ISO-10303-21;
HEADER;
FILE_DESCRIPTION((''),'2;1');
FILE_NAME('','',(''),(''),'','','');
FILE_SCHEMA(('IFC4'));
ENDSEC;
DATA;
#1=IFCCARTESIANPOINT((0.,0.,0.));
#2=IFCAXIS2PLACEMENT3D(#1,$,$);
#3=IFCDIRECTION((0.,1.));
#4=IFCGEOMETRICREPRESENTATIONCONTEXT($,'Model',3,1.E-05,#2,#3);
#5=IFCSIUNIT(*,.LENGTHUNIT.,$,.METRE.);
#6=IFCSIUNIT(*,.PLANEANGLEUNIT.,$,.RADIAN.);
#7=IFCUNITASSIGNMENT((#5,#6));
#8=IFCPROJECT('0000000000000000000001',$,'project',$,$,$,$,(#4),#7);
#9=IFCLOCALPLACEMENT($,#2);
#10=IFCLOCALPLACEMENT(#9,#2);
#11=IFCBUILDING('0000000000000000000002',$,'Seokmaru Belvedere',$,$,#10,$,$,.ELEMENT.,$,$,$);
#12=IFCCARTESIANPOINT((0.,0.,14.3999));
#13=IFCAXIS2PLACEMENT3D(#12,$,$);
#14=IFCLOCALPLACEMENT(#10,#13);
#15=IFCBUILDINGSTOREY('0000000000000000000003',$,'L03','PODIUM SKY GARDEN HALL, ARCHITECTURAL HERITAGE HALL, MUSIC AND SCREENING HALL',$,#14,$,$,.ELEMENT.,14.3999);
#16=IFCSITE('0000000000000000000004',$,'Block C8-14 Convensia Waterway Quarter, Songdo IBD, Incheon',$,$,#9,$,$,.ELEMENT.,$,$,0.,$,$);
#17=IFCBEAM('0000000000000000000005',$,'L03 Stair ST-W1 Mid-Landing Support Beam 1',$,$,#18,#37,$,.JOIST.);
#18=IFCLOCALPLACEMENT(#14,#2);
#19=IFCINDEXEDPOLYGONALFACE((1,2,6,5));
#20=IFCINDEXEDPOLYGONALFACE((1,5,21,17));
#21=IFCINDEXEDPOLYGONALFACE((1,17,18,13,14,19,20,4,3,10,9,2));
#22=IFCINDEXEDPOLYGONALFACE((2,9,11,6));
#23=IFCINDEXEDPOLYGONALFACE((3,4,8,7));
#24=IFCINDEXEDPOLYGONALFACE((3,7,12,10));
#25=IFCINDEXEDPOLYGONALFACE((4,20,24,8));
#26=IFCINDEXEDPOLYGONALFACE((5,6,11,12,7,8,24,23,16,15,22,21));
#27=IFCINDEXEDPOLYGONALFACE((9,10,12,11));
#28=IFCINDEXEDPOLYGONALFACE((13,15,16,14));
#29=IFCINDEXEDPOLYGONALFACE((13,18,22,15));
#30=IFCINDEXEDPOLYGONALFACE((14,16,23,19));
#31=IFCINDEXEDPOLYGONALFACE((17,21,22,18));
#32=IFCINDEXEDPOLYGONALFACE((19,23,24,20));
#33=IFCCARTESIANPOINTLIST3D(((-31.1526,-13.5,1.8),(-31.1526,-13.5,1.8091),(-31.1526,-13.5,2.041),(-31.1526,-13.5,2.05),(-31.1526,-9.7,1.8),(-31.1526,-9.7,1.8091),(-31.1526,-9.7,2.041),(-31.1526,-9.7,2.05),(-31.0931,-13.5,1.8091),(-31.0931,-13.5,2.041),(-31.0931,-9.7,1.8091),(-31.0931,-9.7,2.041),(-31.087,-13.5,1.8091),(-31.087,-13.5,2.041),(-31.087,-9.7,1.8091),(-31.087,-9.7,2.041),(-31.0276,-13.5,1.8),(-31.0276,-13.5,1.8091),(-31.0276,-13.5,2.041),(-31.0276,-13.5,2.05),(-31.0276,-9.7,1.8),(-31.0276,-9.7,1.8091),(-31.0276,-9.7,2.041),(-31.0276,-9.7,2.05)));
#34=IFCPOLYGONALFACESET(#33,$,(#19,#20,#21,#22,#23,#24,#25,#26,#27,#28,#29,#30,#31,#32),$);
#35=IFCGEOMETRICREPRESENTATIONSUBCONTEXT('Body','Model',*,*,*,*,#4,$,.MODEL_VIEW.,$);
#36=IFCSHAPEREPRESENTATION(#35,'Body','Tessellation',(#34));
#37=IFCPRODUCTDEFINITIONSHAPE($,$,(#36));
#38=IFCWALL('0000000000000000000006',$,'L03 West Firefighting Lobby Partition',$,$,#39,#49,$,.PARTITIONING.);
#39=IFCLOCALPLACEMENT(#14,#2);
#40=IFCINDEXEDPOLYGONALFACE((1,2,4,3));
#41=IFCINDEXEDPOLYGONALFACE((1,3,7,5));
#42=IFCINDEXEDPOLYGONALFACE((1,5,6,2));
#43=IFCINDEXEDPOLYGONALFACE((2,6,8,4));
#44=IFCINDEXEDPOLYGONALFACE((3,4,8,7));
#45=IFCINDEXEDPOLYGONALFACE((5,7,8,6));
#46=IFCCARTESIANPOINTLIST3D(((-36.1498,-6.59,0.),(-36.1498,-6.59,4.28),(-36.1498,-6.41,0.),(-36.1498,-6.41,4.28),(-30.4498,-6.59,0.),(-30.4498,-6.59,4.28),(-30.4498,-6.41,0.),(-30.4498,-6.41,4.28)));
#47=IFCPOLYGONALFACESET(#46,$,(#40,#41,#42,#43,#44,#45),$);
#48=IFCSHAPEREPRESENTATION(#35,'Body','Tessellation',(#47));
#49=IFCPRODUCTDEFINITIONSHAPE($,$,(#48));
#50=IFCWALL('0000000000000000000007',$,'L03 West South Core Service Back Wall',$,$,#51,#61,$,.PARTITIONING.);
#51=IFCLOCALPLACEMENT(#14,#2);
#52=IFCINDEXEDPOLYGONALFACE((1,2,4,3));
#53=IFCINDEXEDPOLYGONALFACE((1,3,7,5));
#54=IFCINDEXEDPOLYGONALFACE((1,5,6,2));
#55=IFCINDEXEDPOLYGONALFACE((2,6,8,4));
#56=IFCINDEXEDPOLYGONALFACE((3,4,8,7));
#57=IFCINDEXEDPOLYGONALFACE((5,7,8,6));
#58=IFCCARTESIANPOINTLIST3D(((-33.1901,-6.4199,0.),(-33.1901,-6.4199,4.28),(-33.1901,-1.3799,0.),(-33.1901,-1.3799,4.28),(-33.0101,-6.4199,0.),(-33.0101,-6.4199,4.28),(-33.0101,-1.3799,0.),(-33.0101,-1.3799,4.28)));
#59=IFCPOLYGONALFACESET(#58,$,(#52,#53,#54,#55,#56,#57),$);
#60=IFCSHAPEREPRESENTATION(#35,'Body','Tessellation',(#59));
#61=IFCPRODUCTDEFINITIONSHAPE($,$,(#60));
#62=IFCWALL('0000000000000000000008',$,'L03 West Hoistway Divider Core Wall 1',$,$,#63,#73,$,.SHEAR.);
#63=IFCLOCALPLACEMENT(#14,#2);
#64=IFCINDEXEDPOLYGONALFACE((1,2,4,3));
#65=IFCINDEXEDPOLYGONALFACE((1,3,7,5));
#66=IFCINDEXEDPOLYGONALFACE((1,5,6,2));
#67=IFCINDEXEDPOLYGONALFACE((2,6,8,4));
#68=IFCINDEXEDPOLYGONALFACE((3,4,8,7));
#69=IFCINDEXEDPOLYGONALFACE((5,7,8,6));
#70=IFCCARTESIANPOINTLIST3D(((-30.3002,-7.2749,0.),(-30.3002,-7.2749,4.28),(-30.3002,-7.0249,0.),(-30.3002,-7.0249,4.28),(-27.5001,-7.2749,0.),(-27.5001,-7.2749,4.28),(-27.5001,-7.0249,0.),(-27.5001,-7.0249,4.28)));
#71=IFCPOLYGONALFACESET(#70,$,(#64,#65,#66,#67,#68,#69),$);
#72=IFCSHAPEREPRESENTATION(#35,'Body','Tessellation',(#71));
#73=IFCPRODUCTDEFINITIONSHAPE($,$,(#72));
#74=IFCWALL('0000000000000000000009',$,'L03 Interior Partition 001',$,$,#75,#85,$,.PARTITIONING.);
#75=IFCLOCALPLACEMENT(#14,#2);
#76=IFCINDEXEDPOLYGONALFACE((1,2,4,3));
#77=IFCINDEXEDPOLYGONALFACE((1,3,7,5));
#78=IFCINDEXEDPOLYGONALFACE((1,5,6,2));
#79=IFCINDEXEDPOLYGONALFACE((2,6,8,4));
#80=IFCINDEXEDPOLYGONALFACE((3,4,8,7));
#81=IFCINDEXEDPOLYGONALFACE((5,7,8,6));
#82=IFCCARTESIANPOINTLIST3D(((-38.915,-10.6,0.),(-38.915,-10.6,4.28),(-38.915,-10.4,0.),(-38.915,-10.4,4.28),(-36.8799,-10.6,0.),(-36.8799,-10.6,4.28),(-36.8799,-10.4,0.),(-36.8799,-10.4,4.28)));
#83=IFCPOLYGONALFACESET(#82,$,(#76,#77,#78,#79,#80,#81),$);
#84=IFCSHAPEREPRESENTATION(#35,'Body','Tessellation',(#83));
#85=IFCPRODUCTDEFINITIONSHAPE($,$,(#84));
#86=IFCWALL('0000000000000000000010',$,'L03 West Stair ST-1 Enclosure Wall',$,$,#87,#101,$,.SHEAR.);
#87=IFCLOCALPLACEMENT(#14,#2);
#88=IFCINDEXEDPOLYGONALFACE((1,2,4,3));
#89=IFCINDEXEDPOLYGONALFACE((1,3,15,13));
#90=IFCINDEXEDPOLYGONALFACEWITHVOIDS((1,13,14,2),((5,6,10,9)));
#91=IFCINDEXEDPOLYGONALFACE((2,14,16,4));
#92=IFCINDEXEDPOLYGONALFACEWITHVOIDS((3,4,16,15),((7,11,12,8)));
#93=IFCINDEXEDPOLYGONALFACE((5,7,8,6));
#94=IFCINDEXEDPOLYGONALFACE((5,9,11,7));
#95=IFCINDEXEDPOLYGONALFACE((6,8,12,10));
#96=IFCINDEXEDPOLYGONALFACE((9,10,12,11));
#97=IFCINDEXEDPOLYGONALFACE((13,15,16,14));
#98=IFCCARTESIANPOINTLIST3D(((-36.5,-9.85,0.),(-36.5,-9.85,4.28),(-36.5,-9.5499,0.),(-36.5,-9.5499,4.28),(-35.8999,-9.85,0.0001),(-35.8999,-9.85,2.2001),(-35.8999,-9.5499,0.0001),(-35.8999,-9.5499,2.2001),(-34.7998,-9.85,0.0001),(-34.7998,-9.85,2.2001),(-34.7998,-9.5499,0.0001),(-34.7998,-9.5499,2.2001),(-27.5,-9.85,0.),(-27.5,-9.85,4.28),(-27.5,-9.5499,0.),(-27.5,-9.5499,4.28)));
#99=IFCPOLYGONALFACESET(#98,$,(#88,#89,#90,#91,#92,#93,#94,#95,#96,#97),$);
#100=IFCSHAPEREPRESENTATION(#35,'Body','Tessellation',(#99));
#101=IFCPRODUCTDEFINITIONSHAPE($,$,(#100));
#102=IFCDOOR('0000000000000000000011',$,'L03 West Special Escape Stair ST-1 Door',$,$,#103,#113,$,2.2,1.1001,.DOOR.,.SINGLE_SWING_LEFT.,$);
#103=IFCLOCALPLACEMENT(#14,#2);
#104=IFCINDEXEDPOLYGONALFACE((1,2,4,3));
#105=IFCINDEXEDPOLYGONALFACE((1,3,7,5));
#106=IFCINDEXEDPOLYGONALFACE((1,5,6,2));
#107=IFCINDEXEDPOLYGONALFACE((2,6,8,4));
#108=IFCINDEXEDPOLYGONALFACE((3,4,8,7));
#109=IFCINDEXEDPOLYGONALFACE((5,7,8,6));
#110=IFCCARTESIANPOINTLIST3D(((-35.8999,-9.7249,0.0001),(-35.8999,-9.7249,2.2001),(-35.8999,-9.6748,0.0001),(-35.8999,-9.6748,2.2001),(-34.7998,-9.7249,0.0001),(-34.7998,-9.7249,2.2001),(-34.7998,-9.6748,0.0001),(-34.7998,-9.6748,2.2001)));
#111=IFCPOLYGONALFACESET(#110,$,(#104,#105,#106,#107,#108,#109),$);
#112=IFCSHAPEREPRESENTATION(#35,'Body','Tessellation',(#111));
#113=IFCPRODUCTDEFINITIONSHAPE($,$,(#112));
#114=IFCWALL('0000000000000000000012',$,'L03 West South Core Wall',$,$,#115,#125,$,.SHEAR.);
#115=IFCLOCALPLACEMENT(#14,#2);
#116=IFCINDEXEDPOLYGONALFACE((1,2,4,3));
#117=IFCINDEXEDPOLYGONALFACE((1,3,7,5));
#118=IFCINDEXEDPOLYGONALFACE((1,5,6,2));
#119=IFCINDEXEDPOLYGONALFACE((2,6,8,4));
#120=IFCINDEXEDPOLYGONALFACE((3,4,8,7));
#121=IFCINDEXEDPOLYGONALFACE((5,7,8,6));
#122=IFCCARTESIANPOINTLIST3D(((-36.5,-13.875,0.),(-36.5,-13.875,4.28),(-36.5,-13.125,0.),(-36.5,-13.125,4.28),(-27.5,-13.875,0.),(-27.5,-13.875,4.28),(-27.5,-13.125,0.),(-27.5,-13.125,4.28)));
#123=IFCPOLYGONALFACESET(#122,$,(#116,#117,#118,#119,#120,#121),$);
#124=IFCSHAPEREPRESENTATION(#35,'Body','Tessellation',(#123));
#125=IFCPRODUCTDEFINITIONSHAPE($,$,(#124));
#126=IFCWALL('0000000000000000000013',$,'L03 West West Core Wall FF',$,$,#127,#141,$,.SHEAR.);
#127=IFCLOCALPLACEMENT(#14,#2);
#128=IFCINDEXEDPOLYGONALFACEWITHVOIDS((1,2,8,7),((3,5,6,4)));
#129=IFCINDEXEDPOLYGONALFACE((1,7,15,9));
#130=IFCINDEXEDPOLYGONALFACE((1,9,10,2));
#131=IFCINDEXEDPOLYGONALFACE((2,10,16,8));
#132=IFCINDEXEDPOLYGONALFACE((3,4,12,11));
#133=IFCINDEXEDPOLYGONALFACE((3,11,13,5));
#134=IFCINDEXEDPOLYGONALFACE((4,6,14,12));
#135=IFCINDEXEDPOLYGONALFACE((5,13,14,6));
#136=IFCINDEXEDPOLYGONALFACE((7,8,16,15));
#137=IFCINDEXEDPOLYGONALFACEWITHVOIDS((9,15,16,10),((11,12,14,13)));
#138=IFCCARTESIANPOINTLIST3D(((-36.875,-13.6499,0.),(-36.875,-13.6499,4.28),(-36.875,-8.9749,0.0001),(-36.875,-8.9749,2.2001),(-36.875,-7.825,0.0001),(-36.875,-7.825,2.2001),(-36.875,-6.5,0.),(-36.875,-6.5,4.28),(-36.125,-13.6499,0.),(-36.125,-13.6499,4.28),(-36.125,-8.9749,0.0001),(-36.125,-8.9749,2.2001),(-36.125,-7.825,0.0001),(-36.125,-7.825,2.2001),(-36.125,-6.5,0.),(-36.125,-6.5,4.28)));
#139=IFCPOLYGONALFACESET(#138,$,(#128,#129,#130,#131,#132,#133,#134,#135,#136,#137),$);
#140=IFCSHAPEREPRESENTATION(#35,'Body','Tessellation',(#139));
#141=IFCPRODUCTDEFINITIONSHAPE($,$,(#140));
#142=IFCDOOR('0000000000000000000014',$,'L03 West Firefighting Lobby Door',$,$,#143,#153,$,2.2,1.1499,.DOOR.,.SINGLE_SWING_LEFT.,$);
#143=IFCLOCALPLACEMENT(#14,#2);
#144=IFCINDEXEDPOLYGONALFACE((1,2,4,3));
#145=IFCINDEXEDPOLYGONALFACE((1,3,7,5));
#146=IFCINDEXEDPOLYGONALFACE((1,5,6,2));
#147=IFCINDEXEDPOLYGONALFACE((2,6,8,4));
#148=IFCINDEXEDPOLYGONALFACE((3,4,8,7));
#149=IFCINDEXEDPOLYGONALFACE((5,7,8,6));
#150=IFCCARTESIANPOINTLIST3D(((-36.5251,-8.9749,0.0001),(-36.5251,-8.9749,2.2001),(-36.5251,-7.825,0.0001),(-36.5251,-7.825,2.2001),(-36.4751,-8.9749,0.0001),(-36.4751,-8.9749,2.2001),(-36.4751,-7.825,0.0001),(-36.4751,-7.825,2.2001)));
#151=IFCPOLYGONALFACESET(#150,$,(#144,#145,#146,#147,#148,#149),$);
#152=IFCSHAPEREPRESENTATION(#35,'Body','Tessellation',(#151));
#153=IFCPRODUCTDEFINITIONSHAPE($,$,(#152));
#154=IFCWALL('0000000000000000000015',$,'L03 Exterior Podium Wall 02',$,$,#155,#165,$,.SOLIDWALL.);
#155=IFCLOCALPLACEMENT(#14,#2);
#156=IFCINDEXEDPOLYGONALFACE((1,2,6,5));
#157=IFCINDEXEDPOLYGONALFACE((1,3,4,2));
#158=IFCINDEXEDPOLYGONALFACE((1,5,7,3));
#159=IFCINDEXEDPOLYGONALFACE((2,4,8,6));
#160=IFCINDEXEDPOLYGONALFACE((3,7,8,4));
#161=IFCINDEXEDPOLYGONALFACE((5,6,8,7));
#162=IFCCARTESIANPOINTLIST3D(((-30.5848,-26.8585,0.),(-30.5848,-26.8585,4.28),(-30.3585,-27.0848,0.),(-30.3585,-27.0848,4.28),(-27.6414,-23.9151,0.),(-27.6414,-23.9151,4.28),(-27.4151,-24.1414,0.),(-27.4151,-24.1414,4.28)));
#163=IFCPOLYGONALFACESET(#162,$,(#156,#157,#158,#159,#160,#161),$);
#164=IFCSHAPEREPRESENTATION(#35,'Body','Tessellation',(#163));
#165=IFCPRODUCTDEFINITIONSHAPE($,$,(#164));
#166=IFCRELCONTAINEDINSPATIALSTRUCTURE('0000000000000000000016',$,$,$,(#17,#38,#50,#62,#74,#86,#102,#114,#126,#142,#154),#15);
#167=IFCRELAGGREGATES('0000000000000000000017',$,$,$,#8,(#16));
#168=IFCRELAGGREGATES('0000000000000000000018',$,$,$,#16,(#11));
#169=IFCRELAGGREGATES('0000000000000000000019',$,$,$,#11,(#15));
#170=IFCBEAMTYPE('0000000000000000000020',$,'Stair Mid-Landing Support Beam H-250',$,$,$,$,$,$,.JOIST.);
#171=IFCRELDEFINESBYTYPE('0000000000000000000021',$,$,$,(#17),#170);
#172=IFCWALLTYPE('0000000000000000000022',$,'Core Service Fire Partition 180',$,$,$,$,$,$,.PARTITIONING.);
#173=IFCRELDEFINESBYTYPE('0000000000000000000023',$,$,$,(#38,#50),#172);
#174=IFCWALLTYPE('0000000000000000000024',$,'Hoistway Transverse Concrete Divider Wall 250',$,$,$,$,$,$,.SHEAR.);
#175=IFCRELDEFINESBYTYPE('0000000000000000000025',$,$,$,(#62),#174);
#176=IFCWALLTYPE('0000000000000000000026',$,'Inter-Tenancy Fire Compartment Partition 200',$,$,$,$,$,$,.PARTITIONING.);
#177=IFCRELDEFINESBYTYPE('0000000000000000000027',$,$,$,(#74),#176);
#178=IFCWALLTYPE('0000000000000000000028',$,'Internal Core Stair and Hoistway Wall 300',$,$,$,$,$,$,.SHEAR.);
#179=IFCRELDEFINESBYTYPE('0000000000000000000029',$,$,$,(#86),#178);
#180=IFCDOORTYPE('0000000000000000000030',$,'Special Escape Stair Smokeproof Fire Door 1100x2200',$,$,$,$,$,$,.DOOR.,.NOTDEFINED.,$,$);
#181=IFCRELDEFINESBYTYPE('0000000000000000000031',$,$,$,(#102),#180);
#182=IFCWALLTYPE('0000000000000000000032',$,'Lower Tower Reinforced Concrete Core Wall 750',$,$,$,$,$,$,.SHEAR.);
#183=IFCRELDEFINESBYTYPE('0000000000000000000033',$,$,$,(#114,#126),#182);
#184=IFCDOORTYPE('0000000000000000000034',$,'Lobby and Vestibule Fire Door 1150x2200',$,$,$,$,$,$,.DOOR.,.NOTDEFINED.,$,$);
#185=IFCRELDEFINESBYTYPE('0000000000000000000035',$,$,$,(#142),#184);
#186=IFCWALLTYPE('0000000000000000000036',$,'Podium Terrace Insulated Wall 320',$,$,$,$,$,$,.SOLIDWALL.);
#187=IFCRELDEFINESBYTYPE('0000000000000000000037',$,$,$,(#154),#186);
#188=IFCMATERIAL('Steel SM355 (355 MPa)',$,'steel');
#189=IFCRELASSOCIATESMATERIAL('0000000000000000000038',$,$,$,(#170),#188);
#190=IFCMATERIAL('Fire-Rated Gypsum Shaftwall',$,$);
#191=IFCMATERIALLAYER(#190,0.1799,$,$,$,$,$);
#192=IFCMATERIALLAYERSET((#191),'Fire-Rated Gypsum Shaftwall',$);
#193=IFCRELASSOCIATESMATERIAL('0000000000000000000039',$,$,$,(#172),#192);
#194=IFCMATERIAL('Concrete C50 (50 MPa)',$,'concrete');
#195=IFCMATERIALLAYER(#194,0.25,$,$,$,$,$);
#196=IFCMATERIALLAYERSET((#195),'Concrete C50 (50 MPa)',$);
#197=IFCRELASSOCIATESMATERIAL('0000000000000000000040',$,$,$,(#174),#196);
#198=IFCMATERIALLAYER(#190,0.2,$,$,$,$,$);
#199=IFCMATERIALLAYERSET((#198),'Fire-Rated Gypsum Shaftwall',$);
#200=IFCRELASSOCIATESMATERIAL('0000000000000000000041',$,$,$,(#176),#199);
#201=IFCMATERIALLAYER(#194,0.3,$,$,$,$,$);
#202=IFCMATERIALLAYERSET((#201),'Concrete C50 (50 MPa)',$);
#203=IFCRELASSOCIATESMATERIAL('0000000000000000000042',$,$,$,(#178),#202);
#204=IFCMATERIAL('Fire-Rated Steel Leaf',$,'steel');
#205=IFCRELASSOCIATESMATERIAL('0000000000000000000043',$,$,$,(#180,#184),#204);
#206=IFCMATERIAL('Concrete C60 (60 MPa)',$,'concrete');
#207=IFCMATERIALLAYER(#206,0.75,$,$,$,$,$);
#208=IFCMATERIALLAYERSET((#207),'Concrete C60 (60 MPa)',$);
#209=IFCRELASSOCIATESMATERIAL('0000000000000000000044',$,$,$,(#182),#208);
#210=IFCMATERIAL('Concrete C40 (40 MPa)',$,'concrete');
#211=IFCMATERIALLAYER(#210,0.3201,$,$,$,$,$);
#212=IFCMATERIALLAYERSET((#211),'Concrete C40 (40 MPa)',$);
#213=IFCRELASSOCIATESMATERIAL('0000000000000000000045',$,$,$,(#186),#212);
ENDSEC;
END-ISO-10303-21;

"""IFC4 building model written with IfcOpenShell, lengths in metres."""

from ifc_helpers import new_model, si_unit, direction, frame, frame_2d, origin, origin_2d, place, context, subcontext, project, spatial, rectangle, i_section, extrude, source, transform, mapped, material, layer, layer_set, material_profile, profile_set, type_object, type_shapes, element, fill, save


model = new_model("IFC4")

# Units and contexts
model_context = context("Model", 3, precision=1e-05, world=origin(), true_north=direction((0.0, 1.0)))
body_context = subcontext(model_context, "Body", "Model", "MODEL_VIEW")
ifc_project = project(units=[si_unit("LENGTHUNIT", "METRE"), si_unit("PLANEANGLEUNIT", "RADIAN")], contexts=[model_context])

# Site, building, storey
site_placement = place(None, origin())
site = spatial("IfcSite", under=ifc_project, at=site_placement, Name="Block C8-14 Convensia Waterway Quarter, Songdo IBD, Incheon", CompositionType="ELEMENT", RefElevation=0.0)
building_placement = place(site_placement, origin())
building = spatial("IfcBuilding", under=site, at=building_placement, Name="Seokmaru Belvedere", CompositionType="ELEMENT")
storey_placement = place(building_placement, frame((0.0, 0.0, 14.3999)))
storey = spatial("IfcBuildingStorey", under=building, at=storey_placement, Name="L03", Description="PODIUM SKY GARDEN HALL, ARCHITECTURAL HERITAGE HALL, MUSIC AND SCREENING HALL", CompositionType="ELEMENT", Elevation=14.3999)

# Shared definitions
ifc_material_1 = material(Name="Steel SM355 (355 MPa)", Category="steel")

# Beam
ifc_material_profile_1 = material_profile(ifc_material_1, i_section(OverallWidth=0.125, OverallDepth=0.25, WebThickness=0.0061, FlangeThickness=0.009, at=origin_2d()), Name="H-250x125x6x9")
ifc_profile_set_1 = profile_set([ifc_material_profile_1], Name="Steel SM355 (355 MPa)")
beam_type_1 = type_object("IfcBeamType", Name="Stair Mid-Landing Support Beam H-250", PredefinedType="JOIST", material=ifc_profile_set_1)
shared_shape_1 = source(origin(), body_context, "Body", "SweptSolid", [
    extrude(i_section(OverallWidth=0.125, OverallDepth=0.25, WebThickness=0.0061, FlangeThickness=0.009, at=origin_2d()), origin(), (0.0, 0.0, 1.0), 3.8),
])
type_shapes(beam_type_1, [shared_shape_1])
beam_1_placement = place(storey_placement, frame((-31.0901, -13.5, 1.925), z_axis=(0.0, 1.0, 0.0), x_axis=(-1.0, 0.0, 0.0)))
element("IfcBeam", 1, at=beam_1_placement, inside=storey, type_object=beam_type_1, Name="L03 Stair ST-W1 Mid-Landing Support Beam 1", PredefinedType="JOIST", context=body_context, shape_type="MappedRepresentation", body=[
    mapped(shared_shape_1, transform((0.0, 0.0, 0.0), scale=1.0)),
])

# Walls
ifc_material_2 = material(Name="Fire-Rated Gypsum Shaftwall")
ifc_layer_1 = layer(ifc_material_2, 0.1799)
ifc_layer_set_1 = layer_set([ifc_layer_1], Name="Fire-Rated Gypsum Shaftwall")
wall_type_1 = type_object("IfcWallType", Name="Core Service Fire Partition 180", PredefinedType="PARTITIONING", material=ifc_layer_set_1)
wall_1_placement = place(storey_placement, frame((-36.1499, -6.5, 0.0), z_axis=(0.0, 0.0, 1.0), x_axis=(1.0, 0.0, 0.0)))
element("IfcWall", 2, at=wall_1_placement, inside=storey, type_object=wall_type_1, Name="L03 West Firefighting Lobby Partition", PredefinedType="PARTITIONING", context=body_context, shape_type="SweptSolid", body=[
    extrude(rectangle(XDim=5.7, YDim=0.1799, at=frame_2d((2.8501, 0.0))), origin(), (0.0, 0.0, 1.0), 4.28),
])
wall_2_placement = place(storey_placement, frame((-33.1001, -6.4199, 0.0), z_axis=(0.0, 0.0, 1.0), x_axis=(0.0, 1.0, 0.0)))
element("IfcWall", 3, at=wall_2_placement, inside=storey, type_object=wall_type_1, Name="L03 West South Core Service Back Wall", PredefinedType="PARTITIONING", context=body_context, shape_type="SweptSolid", body=[
    extrude(rectangle(XDim=5.04, YDim=0.1799, at=frame_2d((2.52, 0.0))), origin(), (0.0, 0.0, 1.0), 4.28),
])
ifc_material_3 = material(Name="Concrete C50 (50 MPa)", Category="concrete")
ifc_layer_2 = layer(ifc_material_3, 0.25)
ifc_layer_set_2 = layer_set([ifc_layer_2], Name="Concrete C50 (50 MPa)")
wall_type_2 = type_object("IfcWallType", Name="Hoistway Transverse Concrete Divider Wall 250", PredefinedType="SHEAR", material=ifc_layer_set_2)
wall_3_placement = place(storey_placement, frame((-30.3, -7.1499, 0.0), z_axis=(0.0, 0.0, 1.0), x_axis=(1.0, 0.0, 0.0)))
element("IfcWall", 4, at=wall_3_placement, inside=storey, type_object=wall_type_2, Name="L03 West Hoistway Divider Core Wall 1", PredefinedType="SHEAR", context=body_context, shape_type="SweptSolid", body=[
    extrude(rectangle(XDim=2.8, YDim=0.25, at=frame_2d((1.3999, 0.0))), origin(), (0.0, 0.0, 1.0), 4.28),
])
ifc_layer_3 = layer(ifc_material_2, 0.2)
ifc_layer_set_3 = layer_set([ifc_layer_3], Name="Fire-Rated Gypsum Shaftwall")
wall_type_3 = type_object("IfcWallType", Name="Inter-Tenancy Fire Compartment Partition 200", PredefinedType="PARTITIONING", material=ifc_layer_set_3)
wall_4_placement = place(storey_placement, frame((-38.915, -10.5, 0.0), z_axis=(0.0, 0.0, 1.0), x_axis=(1.0, 0.0, 0.0)))
element("IfcWall", 5, at=wall_4_placement, inside=storey, type_object=wall_type_3, Name="L03 Interior Partition 001", PredefinedType="PARTITIONING", context=body_context, shape_type="SweptSolid", body=[
    extrude(rectangle(XDim=2.0352, YDim=0.2, at=frame_2d((1.0176, 0.0))), origin(), (0.0, 0.0, 1.0), 4.28),
])

# Wall, opening, door
ifc_layer_4 = layer(ifc_material_3, 0.3)
ifc_layer_set_4 = layer_set([ifc_layer_4], Name="Concrete C50 (50 MPa)")
wall_type_4 = type_object("IfcWallType", Name="Internal Core Stair and Hoistway Wall 300", PredefinedType="SHEAR", material=ifc_layer_set_4)
wall_5_placement = place(storey_placement, frame((-36.5, -9.7, 0.0), z_axis=(0.0, 0.0, 1.0), x_axis=(1.0, 0.0, 0.0)))
wall_5 = element("IfcWall", 6, at=wall_5_placement, inside=storey, type_object=wall_type_4, Name="L03 West Stair ST-1 Enclosure Wall", PredefinedType="SHEAR", context=body_context, shape_type="SweptSolid", body=[
    extrude(rectangle(XDim=9.0, YDim=0.3, at=frame_2d((4.5, 0.0))), origin(), (0.0, 0.0, 1.0), 4.28),
])
opening_1_placement = place(wall_5_placement, frame((0.6001, 0.0, 0.0)))
opening_1 = element("IfcOpeningElement", 7, at=opening_1_placement, cuts=wall_5, PredefinedType="OPENING", context=body_context, shape_type="SweptSolid", body=[
    extrude(rectangle(XDim=1.1001, YDim=2.2, at=frame_2d((0.55, 1.1001))), frame((0.0, 0.1602, 0.0), z_axis=(0.0, -1.0, 0.0), x_axis=(1.0, 0.0, 0.0)), (0.0, 0.0, 1.0), 0.3201),
])
ifc_material_4 = material(Name="Fire-Rated Steel Leaf", Category="steel")
door_type_1 = type_object("IfcDoorType", Name="Special Escape Stair Smokeproof Fire Door 1100x2200", OperationType="NOTDEFINED", PredefinedType="DOOR", material=ifc_material_4)
shared_shape_2 = source(origin(), body_context, "Body", "SweptSolid", [
    extrude(rectangle(XDim=1.1001, YDim=2.2, at=frame_2d((0.55, 1.1001))), frame((0.0, 0.0249, 0.0), z_axis=(0.0, -1.0, 0.0), x_axis=(1.0, 0.0, 0.0)), (0.0, 0.0, 1.0), 0.05),
])
type_shapes(door_type_1, [shared_shape_2])
door_1_placement = place(opening_1_placement, frame((1.1001, 0.0, 0.0), z_axis=(0.0, 0.0, 1.0), x_axis=(-1.0, 0.0, 0.0)))
door_1 = element("IfcDoor", 8, at=door_1_placement, inside=storey, type_object=door_type_1, Name="L03 West Special Escape Stair ST-1 Door", OperationType="SINGLE_SWING_LEFT", OverallHeight=2.2, OverallWidth=1.1001, PredefinedType="DOOR", context=body_context, shape_type="MappedRepresentation", body=[
    mapped(shared_shape_2, transform((0.0, 0.0, 0.0), scale=1.0)),
])
fill(opening_1, door_1)

# Wall
ifc_material_5 = material(Name="Concrete C60 (60 MPa)", Category="concrete")
ifc_layer_5 = layer(ifc_material_5, 0.75)
ifc_layer_set_5 = layer_set([ifc_layer_5], Name="Concrete C60 (60 MPa)")
wall_type_5 = type_object("IfcWallType", Name="Lower Tower Reinforced Concrete Core Wall 750", PredefinedType="SHEAR", material=ifc_layer_set_5)
wall_6_placement = place(storey_placement, frame((-36.5, -13.5, 0.0), z_axis=(0.0, 0.0, 1.0), x_axis=(1.0, 0.0, 0.0)))
element("IfcWall", 9, at=wall_6_placement, inside=storey, type_object=wall_type_5, Name="L03 West South Core Wall", PredefinedType="SHEAR", context=body_context, shape_type="SweptSolid", body=[
    extrude(rectangle(XDim=9.0, YDim=0.75, at=frame_2d((4.5, 0.0))), origin(), (0.0, 0.0, 1.0), 4.28),
])

# Wall, opening, door
wall_7_placement = place(storey_placement, frame((-36.5, -13.6499, 0.0), z_axis=(0.0, 0.0, 1.0), x_axis=(0.0, 1.0, 0.0)))
wall_7 = element("IfcWall", 10, at=wall_7_placement, inside=storey, type_object=wall_type_5, Name="L03 West West Core Wall FF", PredefinedType="SHEAR", context=body_context, shape_type="SweptSolid", body=[
    extrude(rectangle(XDim=7.1499, YDim=0.75, at=frame_2d((3.575, 0.0))), origin(), (0.0, 0.0, 1.0), 4.28),
])
opening_2_placement = place(wall_7_placement, frame((4.675, 0.0, 0.0)))
opening_2 = element("IfcOpeningElement", 11, at=opening_2_placement, cuts=wall_7, PredefinedType="OPENING", context=body_context, shape_type="SweptSolid", body=[
    extrude(rectangle(XDim=1.1499, YDim=2.2, at=frame_2d((0.575, 1.1001))), frame((0.0, 0.385, 0.0), z_axis=(0.0, -1.0, 0.0), x_axis=(1.0, 0.0, 0.0)), (0.0, 0.0, 1.0), 0.77),
])
door_type_2 = type_object("IfcDoorType", Name="Lobby and Vestibule Fire Door 1150x2200", OperationType="NOTDEFINED", PredefinedType="DOOR", material=ifc_material_4)
shared_shape_3 = source(origin(), body_context, "Body", "SweptSolid", [
    extrude(rectangle(XDim=1.1499, YDim=2.2, at=frame_2d((0.575, 1.1001))), frame((0.0, 0.0249, 0.0), z_axis=(0.0, -1.0, 0.0), x_axis=(1.0, 0.0, 0.0)), (0.0, 0.0, 1.0), 0.05),
])
type_shapes(door_type_2, [shared_shape_3])
door_2_placement = place(opening_2_placement, frame((1.1499, 0.0, 0.0), z_axis=(0.0, 0.0, 1.0), x_axis=(-1.0, 0.0, 0.0)))
door_2 = element("IfcDoor", 12, at=door_2_placement, inside=storey, type_object=door_type_2, Name="L03 West Firefighting Lobby Door", OperationType="SINGLE_SWING_LEFT", OverallHeight=2.2, OverallWidth=1.1499, PredefinedType="DOOR", context=body_context, shape_type="MappedRepresentation", body=[
    mapped(shared_shape_3, transform((0.0, 0.0, 0.0), scale=1.0)),
])
fill(opening_2, door_2)

# Wall
ifc_material_6 = material(Name="Concrete C40 (40 MPa)", Category="concrete")
ifc_layer_6 = layer(ifc_material_6, 0.3201)
ifc_layer_set_6 = layer_set([ifc_layer_6], Name="Concrete C40 (40 MPa)")
wall_type_6 = type_object("IfcWallType", Name="Podium Terrace Insulated Wall 320", PredefinedType="SOLIDWALL", material=ifc_layer_set_6)
wall_8_placement = place(storey_placement, frame((-30.4717, -26.9717, 0.0), z_axis=(0.0, 0.0, 1.0), x_axis=(0.707107, 0.707107, 0.0)))
element("IfcWall", 13, at=wall_8_placement, inside=storey, type_object=wall_type_6, Name="L03 Exterior Podium Wall 02", PredefinedType="SOLIDWALL", context=body_context, shape_type="SweptSolid", body=[
    extrude(rectangle(XDim=4.1626, YDim=0.3201, at=frame_2d((2.0813, 0.0))), origin(), (0.0, 0.0, 1.0), 4.28),
])

save(model, "model.ifc")
